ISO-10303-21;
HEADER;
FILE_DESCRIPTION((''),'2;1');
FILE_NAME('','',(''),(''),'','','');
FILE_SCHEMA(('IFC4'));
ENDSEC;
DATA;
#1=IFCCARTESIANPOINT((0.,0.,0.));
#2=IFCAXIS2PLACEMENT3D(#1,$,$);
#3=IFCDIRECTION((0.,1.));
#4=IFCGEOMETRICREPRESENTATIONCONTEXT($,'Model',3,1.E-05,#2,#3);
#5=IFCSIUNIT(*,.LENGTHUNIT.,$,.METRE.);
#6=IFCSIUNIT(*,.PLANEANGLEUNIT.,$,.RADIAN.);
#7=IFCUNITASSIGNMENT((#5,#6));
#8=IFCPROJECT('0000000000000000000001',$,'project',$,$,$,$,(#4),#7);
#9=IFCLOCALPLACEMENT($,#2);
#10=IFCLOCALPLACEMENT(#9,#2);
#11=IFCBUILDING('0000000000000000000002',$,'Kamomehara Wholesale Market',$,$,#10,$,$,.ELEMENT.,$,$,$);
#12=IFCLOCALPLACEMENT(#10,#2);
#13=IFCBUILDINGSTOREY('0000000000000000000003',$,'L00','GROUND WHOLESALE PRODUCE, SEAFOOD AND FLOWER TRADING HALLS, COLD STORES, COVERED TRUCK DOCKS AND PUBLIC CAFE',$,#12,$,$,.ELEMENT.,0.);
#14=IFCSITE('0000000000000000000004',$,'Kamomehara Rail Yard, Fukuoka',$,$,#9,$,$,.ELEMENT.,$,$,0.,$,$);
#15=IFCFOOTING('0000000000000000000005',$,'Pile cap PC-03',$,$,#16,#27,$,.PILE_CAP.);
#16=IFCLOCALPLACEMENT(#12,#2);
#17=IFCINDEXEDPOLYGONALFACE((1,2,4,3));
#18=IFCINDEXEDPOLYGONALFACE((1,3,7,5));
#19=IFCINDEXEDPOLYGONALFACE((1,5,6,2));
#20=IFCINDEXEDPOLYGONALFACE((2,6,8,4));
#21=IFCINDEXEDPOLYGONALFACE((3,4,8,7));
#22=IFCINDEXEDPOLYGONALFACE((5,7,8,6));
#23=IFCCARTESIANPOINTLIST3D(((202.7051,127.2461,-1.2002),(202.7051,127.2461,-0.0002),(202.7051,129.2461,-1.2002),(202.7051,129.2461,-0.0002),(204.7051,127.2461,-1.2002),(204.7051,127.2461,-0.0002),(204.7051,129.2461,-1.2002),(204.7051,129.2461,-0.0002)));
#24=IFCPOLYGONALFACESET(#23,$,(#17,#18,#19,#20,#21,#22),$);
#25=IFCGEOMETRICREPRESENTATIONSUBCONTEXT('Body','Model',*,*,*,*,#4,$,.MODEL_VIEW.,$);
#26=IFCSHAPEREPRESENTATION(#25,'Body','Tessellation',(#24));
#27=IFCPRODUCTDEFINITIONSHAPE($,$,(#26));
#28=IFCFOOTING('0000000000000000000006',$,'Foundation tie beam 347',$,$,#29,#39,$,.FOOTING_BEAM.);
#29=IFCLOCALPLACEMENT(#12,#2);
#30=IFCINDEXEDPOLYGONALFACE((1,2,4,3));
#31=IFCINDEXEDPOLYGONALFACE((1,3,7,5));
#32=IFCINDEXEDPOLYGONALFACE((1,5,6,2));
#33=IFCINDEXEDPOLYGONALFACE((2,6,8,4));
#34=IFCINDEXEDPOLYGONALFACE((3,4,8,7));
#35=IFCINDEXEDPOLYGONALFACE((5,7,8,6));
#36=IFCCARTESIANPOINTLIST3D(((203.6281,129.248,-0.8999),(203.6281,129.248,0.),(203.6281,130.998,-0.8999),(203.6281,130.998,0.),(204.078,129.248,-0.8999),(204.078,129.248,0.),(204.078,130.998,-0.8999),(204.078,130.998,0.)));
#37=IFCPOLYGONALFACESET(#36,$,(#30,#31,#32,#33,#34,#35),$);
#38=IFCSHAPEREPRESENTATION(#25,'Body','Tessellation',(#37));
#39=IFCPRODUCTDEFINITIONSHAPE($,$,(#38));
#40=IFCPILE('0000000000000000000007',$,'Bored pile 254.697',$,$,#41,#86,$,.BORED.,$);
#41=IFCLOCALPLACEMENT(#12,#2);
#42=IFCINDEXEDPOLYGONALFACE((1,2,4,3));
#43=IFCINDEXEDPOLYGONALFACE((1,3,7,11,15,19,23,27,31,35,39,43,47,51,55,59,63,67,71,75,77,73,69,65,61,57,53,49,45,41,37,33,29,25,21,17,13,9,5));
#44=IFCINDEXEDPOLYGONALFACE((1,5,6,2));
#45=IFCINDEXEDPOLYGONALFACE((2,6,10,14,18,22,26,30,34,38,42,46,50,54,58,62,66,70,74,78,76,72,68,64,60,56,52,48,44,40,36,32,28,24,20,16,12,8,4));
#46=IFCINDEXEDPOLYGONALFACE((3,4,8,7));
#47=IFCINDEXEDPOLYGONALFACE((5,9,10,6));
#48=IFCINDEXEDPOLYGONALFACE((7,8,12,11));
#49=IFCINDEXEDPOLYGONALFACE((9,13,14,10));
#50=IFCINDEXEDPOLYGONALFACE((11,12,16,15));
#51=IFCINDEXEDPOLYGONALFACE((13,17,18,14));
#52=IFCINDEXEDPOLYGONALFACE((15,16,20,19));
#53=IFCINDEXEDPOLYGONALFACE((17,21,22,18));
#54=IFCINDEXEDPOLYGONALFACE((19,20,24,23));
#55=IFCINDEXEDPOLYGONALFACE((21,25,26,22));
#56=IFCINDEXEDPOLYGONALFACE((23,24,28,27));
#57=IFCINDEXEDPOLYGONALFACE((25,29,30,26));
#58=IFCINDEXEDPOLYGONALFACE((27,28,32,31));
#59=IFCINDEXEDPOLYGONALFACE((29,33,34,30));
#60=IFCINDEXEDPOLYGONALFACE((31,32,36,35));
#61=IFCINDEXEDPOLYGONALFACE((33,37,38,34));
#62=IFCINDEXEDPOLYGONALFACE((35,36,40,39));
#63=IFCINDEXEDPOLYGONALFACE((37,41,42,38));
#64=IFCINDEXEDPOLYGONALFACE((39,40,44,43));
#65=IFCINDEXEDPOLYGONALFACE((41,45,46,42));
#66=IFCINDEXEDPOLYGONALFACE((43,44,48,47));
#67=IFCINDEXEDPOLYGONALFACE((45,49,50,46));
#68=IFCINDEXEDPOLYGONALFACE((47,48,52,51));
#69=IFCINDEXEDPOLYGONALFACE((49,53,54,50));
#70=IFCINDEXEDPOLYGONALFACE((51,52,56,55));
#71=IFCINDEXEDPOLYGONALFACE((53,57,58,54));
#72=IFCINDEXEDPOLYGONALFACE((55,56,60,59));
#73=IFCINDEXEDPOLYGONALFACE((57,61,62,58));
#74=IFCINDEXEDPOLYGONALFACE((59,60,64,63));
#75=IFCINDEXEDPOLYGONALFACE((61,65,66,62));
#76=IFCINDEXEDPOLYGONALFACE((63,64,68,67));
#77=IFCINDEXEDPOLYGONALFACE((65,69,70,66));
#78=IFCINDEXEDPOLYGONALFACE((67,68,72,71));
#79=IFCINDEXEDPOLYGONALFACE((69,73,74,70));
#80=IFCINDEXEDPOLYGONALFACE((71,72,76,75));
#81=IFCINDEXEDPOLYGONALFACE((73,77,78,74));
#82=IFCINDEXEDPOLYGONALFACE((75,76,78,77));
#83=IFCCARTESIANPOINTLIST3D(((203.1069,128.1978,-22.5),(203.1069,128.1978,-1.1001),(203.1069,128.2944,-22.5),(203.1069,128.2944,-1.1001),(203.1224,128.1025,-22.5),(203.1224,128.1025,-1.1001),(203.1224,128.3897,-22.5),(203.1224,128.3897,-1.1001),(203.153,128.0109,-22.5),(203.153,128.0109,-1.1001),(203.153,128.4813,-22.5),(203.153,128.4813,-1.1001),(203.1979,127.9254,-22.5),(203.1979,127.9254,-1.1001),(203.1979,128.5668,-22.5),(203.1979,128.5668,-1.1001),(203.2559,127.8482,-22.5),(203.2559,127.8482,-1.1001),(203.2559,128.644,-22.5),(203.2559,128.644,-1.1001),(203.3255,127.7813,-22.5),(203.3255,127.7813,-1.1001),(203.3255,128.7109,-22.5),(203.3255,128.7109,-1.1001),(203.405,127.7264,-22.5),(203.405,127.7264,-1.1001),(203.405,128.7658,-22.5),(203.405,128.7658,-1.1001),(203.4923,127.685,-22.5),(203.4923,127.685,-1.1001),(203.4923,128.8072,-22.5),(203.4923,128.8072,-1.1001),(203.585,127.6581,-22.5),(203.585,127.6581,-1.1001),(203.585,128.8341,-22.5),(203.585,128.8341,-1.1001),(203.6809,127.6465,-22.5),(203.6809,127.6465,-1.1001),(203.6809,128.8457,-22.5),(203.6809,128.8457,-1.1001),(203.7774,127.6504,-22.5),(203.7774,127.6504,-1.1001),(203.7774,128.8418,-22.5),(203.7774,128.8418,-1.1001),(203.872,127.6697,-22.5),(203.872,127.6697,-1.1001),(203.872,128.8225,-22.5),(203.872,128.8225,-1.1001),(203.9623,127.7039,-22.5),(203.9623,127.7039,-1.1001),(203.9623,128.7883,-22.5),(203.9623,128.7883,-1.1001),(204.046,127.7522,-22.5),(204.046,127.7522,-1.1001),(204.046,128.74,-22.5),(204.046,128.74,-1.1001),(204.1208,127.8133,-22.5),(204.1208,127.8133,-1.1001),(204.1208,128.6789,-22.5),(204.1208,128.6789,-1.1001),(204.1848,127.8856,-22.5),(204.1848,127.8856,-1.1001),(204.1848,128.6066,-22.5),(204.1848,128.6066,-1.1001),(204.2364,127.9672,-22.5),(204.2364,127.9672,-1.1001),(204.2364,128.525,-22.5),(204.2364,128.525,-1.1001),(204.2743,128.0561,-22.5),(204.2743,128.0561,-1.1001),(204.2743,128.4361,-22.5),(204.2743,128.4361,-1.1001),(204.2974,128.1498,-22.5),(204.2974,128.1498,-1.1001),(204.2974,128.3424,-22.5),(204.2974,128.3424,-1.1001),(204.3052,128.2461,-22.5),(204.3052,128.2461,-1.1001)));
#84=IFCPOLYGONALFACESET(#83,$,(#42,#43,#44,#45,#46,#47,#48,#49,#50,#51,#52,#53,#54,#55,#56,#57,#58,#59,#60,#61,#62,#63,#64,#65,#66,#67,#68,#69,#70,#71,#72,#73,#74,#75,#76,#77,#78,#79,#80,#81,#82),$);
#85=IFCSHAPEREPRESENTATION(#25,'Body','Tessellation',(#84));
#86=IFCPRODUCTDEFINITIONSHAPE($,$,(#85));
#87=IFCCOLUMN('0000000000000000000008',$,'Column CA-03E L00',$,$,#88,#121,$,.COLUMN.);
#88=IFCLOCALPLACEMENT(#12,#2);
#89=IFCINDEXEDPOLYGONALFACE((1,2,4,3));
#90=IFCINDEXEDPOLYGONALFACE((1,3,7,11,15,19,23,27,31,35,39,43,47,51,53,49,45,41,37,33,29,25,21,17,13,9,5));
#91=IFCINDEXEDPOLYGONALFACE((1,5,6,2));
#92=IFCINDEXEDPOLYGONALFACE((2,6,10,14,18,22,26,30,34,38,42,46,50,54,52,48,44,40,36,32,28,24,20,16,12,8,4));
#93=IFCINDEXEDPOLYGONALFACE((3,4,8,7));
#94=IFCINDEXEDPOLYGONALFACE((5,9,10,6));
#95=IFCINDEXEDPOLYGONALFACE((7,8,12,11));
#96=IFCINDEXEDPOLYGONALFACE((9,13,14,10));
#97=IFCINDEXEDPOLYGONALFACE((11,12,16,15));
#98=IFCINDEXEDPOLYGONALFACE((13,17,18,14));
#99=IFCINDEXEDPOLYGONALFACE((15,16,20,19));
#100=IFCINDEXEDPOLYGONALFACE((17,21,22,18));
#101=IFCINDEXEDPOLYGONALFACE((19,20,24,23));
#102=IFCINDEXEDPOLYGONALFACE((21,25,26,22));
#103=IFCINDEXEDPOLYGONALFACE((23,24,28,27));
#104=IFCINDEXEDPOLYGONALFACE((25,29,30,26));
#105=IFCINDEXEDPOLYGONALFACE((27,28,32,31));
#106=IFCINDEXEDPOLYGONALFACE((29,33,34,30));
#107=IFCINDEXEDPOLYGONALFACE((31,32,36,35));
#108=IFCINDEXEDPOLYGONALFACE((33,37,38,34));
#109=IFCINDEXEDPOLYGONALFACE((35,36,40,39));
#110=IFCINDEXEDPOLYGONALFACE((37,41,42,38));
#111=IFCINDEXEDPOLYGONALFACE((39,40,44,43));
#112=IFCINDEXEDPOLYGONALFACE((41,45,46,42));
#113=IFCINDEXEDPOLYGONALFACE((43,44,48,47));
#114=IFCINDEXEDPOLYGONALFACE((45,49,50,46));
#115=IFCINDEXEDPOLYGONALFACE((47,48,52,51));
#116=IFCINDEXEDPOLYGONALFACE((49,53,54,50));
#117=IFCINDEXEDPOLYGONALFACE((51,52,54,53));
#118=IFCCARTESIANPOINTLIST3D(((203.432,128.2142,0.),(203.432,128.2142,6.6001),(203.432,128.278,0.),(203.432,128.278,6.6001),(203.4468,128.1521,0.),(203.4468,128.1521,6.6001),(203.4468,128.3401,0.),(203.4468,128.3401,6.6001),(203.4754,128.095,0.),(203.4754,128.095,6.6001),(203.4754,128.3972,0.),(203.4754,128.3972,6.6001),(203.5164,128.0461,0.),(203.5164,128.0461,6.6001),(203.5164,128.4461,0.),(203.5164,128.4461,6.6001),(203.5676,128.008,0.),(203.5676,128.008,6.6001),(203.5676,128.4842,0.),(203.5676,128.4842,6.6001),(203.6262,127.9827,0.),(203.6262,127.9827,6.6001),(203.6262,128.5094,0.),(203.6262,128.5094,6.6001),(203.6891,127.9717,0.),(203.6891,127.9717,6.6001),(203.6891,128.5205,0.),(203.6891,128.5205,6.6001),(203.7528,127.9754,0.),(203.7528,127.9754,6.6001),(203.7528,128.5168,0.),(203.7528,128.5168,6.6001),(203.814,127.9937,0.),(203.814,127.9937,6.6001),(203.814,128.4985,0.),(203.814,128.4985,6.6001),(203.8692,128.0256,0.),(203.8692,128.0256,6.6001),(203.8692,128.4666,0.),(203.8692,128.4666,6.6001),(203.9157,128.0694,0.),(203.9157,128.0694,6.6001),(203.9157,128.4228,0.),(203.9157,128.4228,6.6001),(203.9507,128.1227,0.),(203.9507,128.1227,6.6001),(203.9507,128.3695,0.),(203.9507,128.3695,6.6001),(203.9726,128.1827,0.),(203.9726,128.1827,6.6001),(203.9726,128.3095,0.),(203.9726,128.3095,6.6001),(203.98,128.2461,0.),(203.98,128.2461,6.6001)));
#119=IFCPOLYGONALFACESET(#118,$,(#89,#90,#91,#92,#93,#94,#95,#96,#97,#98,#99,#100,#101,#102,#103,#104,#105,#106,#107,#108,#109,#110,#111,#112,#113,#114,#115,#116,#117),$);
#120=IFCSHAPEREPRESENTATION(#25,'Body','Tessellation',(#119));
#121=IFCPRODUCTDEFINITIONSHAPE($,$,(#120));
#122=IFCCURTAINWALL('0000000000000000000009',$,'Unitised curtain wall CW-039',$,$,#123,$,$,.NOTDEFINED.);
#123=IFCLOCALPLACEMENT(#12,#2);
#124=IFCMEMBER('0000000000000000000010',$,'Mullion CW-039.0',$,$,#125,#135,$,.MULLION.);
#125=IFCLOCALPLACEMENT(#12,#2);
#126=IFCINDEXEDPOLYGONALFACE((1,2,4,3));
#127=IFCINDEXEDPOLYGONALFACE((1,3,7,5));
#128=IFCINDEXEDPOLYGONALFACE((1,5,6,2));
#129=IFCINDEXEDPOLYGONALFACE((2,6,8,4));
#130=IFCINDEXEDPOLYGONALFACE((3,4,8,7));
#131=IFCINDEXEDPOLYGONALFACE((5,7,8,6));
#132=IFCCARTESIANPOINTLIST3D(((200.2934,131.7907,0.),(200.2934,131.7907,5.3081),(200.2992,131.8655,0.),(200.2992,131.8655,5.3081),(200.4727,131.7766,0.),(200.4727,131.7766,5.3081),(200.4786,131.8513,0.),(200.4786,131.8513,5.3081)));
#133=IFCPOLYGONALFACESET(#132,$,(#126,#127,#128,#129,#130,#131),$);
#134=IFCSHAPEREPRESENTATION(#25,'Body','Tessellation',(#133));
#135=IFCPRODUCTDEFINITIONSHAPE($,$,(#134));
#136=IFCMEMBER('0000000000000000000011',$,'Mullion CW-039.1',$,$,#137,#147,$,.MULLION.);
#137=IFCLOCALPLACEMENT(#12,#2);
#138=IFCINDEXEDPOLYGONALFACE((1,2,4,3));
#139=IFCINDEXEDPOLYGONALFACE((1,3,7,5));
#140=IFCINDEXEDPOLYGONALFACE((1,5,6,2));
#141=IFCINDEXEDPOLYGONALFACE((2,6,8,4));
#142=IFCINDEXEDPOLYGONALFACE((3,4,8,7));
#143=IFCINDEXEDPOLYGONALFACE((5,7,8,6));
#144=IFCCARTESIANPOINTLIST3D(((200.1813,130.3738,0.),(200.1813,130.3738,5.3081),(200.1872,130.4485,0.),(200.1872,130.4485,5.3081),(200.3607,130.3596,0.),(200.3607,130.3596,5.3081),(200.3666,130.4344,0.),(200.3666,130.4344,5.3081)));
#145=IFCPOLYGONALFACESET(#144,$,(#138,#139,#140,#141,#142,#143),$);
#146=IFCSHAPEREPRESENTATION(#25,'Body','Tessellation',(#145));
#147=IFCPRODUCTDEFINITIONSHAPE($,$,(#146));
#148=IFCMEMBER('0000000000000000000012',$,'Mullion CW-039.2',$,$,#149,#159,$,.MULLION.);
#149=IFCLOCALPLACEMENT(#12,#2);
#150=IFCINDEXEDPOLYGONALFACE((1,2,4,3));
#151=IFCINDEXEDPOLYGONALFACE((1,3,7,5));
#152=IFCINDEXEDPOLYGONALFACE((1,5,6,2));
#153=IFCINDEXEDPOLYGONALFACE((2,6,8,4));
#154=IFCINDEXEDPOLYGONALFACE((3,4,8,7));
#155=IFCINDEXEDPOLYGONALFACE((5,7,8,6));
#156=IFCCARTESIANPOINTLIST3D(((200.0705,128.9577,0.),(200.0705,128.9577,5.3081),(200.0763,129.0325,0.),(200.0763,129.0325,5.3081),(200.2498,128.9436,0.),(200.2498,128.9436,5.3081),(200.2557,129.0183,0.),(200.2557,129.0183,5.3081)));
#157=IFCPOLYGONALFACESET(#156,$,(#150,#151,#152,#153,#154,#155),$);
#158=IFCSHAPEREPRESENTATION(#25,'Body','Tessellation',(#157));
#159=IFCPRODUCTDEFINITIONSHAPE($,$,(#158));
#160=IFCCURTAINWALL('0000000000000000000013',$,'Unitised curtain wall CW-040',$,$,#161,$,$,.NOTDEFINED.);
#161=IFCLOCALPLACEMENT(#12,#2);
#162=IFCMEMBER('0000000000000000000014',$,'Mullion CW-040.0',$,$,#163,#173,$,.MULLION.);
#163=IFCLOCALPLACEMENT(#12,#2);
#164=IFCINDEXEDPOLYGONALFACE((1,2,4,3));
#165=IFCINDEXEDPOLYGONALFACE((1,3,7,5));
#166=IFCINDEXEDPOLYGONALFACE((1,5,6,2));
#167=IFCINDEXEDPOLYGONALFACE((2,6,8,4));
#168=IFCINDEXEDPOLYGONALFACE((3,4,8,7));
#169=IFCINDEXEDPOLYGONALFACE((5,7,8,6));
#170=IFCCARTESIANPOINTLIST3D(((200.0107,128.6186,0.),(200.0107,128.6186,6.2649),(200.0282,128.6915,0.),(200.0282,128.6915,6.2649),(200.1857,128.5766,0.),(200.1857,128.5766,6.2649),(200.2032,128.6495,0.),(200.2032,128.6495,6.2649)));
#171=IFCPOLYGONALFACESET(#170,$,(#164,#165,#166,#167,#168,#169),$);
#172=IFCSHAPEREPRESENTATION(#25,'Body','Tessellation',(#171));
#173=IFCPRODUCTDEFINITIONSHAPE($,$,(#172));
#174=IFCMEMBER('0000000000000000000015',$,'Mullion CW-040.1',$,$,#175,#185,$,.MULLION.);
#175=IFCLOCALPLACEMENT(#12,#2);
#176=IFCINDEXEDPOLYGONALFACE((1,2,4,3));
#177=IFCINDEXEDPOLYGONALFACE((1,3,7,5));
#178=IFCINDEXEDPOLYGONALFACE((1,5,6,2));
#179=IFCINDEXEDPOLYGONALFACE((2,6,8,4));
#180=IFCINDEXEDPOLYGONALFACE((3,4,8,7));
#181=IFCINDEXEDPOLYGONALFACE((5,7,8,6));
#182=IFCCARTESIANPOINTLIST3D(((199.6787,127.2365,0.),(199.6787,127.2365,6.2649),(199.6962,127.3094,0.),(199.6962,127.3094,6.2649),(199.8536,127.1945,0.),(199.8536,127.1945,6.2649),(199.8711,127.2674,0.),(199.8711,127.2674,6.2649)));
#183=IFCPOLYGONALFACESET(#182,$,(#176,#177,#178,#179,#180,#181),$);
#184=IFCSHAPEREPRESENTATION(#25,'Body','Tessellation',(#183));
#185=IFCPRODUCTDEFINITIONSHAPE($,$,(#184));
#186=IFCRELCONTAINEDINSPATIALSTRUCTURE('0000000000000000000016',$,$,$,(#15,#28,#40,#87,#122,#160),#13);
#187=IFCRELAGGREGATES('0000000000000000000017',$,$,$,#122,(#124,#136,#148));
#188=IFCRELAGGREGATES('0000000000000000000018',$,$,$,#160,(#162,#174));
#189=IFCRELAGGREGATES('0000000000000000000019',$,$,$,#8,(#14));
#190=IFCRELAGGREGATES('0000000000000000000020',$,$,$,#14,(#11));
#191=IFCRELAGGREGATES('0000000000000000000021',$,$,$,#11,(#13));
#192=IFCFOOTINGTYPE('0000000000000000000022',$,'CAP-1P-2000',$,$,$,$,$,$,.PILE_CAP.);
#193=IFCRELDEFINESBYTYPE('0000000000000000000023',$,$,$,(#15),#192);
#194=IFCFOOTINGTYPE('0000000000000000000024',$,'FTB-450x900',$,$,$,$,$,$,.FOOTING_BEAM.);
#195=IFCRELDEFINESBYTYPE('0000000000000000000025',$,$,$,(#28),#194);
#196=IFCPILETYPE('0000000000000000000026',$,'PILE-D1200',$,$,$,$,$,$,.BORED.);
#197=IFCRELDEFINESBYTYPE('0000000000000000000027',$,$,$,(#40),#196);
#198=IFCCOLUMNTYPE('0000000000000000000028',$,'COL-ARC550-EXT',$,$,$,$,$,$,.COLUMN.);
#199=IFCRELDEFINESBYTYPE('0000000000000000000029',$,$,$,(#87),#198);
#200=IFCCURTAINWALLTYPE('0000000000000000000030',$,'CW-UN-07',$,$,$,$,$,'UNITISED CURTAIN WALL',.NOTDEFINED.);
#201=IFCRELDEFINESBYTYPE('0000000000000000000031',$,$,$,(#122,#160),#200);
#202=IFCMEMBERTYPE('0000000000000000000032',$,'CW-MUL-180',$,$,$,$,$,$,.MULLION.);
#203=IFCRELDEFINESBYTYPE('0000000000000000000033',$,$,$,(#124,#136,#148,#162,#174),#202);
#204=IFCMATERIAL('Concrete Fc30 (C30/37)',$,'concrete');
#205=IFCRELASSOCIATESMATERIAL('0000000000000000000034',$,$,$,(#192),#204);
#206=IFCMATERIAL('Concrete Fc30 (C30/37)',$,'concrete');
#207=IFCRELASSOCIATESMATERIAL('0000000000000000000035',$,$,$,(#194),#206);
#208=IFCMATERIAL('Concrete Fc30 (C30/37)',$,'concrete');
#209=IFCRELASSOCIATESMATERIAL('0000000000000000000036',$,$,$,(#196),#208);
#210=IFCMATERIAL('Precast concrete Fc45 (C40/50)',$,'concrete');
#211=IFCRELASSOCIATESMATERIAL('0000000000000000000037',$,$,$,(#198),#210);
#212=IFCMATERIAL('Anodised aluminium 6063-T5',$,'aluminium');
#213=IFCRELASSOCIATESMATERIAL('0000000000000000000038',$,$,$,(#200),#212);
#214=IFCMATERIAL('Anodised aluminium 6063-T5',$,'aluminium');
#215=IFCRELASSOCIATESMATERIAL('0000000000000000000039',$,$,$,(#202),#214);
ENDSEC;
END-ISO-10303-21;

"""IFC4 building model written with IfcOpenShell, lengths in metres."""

from ifc_helpers import new_model, si_unit, direction, frame, origin, origin_2d, place, context, subcontext, project, spatial, rectangle, circle, extrude, material, material_profile, profile_set, type_object, element, aggregate, save


model = new_model("IFC4")

# Units and contexts
model_context = context("Model", 3, precision=1e-05, world=origin(), true_north=direction((0.0, 1.0)))
body_context = subcontext(model_context, "Body", "Model", "MODEL_VIEW")
ifc_project = project(units=[si_unit("LENGTHUNIT", "METRE"), si_unit("PLANEANGLEUNIT", "RADIAN")], contexts=[model_context])

# Site, building, storey
site_placement = place(None, origin())
site = spatial("IfcSite", under=ifc_project, at=site_placement, Name="Kamomehara Rail Yard, Fukuoka", CompositionType="ELEMENT", RefElevation=0.0)
building_placement = place(site_placement, origin())
building = spatial("IfcBuilding", under=site, at=building_placement, Name="Kamomehara Wholesale Market", CompositionType="ELEMENT")
storey_placement = place(building_placement, origin())
storey = spatial("IfcBuildingStorey", under=building, at=storey_placement, Name="L00", Description="GROUND WHOLESALE PRODUCE, SEAFOOD AND FLOWER TRADING HALLS, COLD STORES, COVERED TRUCK DOCKS AND PUBLIC CAFE", CompositionType="ELEMENT", Elevation=0.0)

# Footings
ifc_material_1 = material(Name="Concrete Fc30 (C30/37)", Category="concrete")
footing_type_1 = type_object("IfcFootingType", Name="CAP-1P-2000", PredefinedType="PILE_CAP", material=ifc_material_1)
footing_1_placement = place(storey_placement, frame((203.7051, 128.2461, -1.2002), z_axis=(0.0, 0.0, 1.0), x_axis=(1.0, 0.0, 0.0)))
element("IfcFooting", 1, at=footing_1_placement, inside=storey, type_object=footing_type_1, Name="Pile cap PC-03", PredefinedType="PILE_CAP", context=body_context, shape_type="SweptSolid", body=[
    extrude(rectangle(XDim=2.0, YDim=2.0, at=origin_2d()), origin(), (0.0, 0.0, 1.0), 1.2),
])
ifc_material_2 = material(Name="Concrete Fc30 (C30/37)", Category="concrete")
ifc_material_profile_1 = material_profile(ifc_material_2, rectangle(XDim=0.45, YDim=0.8999, at=origin_2d()), Name="RC-FTB-450x900")
ifc_profile_set_1 = profile_set([ifc_material_profile_1], Name="Concrete Fc30 (C30/37)")
footing_type_2 = type_object("IfcFootingType", Name="FTB-450x900", PredefinedType="FOOTING_BEAM", material=ifc_profile_set_1)
footing_2_placement = place(storey_placement, frame((203.853, 129.248, -0.45), z_axis=(0.0, 1.0, 0.0), x_axis=(-1.0, 0.0, 0.0)))
element("IfcFooting", 2, at=footing_2_placement, inside=storey, type_object=footing_type_2, Name="Foundation tie beam 347", PredefinedType="FOOTING_BEAM", context=body_context, shape_type="SweptSolid", body=[
    extrude(rectangle(XDim=0.45, YDim=0.8999, at=origin_2d()), origin(), (0.0, 0.0, 1.0), 1.75),
])

# Pile
ifc_material_3 = material(Name="Concrete Fc30 (C30/37)", Category="concrete")
ifc_material_profile_2 = material_profile(ifc_material_3, circle(Radius=0.6001, at=origin_2d()), Name="RC-PILE-D1200")
ifc_profile_set_2 = profile_set([ifc_material_profile_2], Name="Concrete Fc30 (C30/37)")
pile_type = type_object("IfcPileType", Name="PILE-D1200", PredefinedType="BORED", material=ifc_profile_set_2)
pile_placement = place(storey_placement, frame((203.7051, 128.2461, -1.1001), z_axis=(0.0, 0.0, -1.0), x_axis=(1.0, 0.0, 0.0)))
element("IfcPile", 3, at=pile_placement, inside=storey, type_object=pile_type, Name="Bored pile 254.697", PredefinedType="BORED", context=body_context, shape_type="SweptSolid", body=[
    extrude(circle(Radius=0.6001, at=origin_2d()), origin(), (0.0, 0.0, 1.0), 21.3999),
])

# Column
ifc_material_4 = material(Name="Precast concrete Fc45 (C40/50)", Category="concrete")
ifc_material_profile_3 = material_profile(ifc_material_4, circle(Radius=0.2749, at=origin_2d()), Name="PC-ARC-D550")
ifc_profile_set_3 = profile_set([ifc_material_profile_3], Name="Precast concrete Fc45 (C40/50)")
column_type = type_object("IfcColumnType", Name="COL-ARC550-EXT", PredefinedType="COLUMN", material=ifc_profile_set_3)
column_placement = place(storey_placement, frame((203.7051, 128.2461, 0.0), z_axis=(0.0, 0.0, 1.0), x_axis=(1.0, 0.0, 0.0)))
element("IfcColumn", 4, at=column_placement, inside=storey, type_object=column_type, Name="Column CA-03E L00", PredefinedType="COLUMN", context=body_context, shape_type="SweptSolid", body=[
    extrude(circle(Radius=0.2749, at=origin_2d()), origin(), (0.0, 0.0, 1.0), 6.6001),
])

# Curtain walls, members
ifc_material_5 = material(Name="Anodised aluminium 6063-T5", Category="aluminium")
curtain_wall_type = type_object("IfcCurtainWallType", Name="CW-UN-07", ElementType="UNITISED CURTAIN WALL", PredefinedType="NOTDEFINED", material=ifc_material_5)
curtain_wall_1_placement = place(storey_placement, origin())
curtain_wall_1 = element("IfcCurtainWall", 5, at=curtain_wall_1_placement, inside=storey, type_object=curtain_wall_type, Name="Unitised curtain wall CW-039", PredefinedType="NOTDEFINED")
ifc_material_6 = material(Name="Anodised aluminium 6063-T5", Category="aluminium")
ifc_material_profile_4 = material_profile(ifc_material_6, rectangle(XDim=0.075, YDim=0.1799, at=origin_2d()), Name="ALU-MUL-75x180")
ifc_profile_set_4 = profile_set([ifc_material_profile_4], Name="Anodised aluminium 6063-T5")
member_type_1 = type_object("IfcMemberType", Name="CW-MUL-180", PredefinedType="MULLION", material=ifc_profile_set_4)
member_1_placement = place(storey_placement, frame((200.386, 131.821, 0.0), z_axis=(0.0, 0.0, 1.0), x_axis=(-0.078473, -0.996916, 0.0)))
member_1 = element("IfcMember", 6, at=member_1_placement, type_object=member_type_1, Name="Mullion CW-039.0", PredefinedType="MULLION", context=body_context, shape_type="SweptSolid", body=[
    extrude(rectangle(XDim=0.075, YDim=0.1799, at=origin_2d()), origin(), (0.0, 0.0, 1.0), 5.3081),
])
member_2_placement = place(storey_placement, frame((200.2739, 130.4041, 0.0), z_axis=(0.0, 0.0, 1.0), x_axis=(-0.078473, -0.996916, 0.0)))
member_2 = element("IfcMember", 7, at=member_2_placement, type_object=member_type_1, Name="Mullion CW-039.1", PredefinedType="MULLION", context=body_context, shape_type="SweptSolid", body=[
    extrude(rectangle(XDim=0.075, YDim=0.1799, at=origin_2d()), origin(), (0.0, 0.0, 1.0), 5.3081),
])
member_3_placement = place(storey_placement, frame((200.1631, 128.988, 0.0), z_axis=(0.0, 0.0, 1.0), x_axis=(-0.078473, -0.996916, 0.0)))
member_3 = element("IfcMember", 8, at=member_3_placement, type_object=member_type_1, Name="Mullion CW-039.2", PredefinedType="MULLION", context=body_context, shape_type="SweptSolid", body=[
    extrude(rectangle(XDim=0.075, YDim=0.1799, at=origin_2d()), origin(), (0.0, 0.0, 1.0), 5.3081),
])
curtain_wall_2_placement = place(storey_placement, origin())
curtain_wall_2 = element("IfcCurtainWall", 9, at=curtain_wall_2_placement, inside=storey, type_object=curtain_wall_type, Name="Unitised curtain wall CW-040", PredefinedType="NOTDEFINED")
member_4_placement = place(storey_placement, frame((200.1069, 128.634, 0.0), z_axis=(0.0, 0.0, 1.0), x_axis=(-0.233333, -0.972397, 0.0)))
member_4 = element("IfcMember", 10, at=member_4_placement, type_object=member_type_1, Name="Mullion CW-040.0", PredefinedType="MULLION", context=body_context, shape_type="SweptSolid", body=[
    extrude(rectangle(XDim=0.075, YDim=0.1799, at=origin_2d()), origin(), (0.0, 0.0, 1.0), 6.2649),
])
member_5_placement = place(storey_placement, frame((199.7749, 127.252, 0.0), z_axis=(0.0, 0.0, 1.0), x_axis=(-0.233333, -0.972397, 0.0)))
member_5 = element("IfcMember", 11, at=member_5_placement, type_object=member_type_1, Name="Mullion CW-040.1", PredefinedType="MULLION", context=body_context, shape_type="SweptSolid", body=[
    extrude(rectangle(XDim=0.075, YDim=0.1799, at=origin_2d()), origin(), (0.0, 0.0, 1.0), 6.2649),
])

aggregate(curtain_wall_1, [member_1, member_2, member_3])
aggregate(curtain_wall_2, [member_4, member_5])

save(model, "model.ifc")
